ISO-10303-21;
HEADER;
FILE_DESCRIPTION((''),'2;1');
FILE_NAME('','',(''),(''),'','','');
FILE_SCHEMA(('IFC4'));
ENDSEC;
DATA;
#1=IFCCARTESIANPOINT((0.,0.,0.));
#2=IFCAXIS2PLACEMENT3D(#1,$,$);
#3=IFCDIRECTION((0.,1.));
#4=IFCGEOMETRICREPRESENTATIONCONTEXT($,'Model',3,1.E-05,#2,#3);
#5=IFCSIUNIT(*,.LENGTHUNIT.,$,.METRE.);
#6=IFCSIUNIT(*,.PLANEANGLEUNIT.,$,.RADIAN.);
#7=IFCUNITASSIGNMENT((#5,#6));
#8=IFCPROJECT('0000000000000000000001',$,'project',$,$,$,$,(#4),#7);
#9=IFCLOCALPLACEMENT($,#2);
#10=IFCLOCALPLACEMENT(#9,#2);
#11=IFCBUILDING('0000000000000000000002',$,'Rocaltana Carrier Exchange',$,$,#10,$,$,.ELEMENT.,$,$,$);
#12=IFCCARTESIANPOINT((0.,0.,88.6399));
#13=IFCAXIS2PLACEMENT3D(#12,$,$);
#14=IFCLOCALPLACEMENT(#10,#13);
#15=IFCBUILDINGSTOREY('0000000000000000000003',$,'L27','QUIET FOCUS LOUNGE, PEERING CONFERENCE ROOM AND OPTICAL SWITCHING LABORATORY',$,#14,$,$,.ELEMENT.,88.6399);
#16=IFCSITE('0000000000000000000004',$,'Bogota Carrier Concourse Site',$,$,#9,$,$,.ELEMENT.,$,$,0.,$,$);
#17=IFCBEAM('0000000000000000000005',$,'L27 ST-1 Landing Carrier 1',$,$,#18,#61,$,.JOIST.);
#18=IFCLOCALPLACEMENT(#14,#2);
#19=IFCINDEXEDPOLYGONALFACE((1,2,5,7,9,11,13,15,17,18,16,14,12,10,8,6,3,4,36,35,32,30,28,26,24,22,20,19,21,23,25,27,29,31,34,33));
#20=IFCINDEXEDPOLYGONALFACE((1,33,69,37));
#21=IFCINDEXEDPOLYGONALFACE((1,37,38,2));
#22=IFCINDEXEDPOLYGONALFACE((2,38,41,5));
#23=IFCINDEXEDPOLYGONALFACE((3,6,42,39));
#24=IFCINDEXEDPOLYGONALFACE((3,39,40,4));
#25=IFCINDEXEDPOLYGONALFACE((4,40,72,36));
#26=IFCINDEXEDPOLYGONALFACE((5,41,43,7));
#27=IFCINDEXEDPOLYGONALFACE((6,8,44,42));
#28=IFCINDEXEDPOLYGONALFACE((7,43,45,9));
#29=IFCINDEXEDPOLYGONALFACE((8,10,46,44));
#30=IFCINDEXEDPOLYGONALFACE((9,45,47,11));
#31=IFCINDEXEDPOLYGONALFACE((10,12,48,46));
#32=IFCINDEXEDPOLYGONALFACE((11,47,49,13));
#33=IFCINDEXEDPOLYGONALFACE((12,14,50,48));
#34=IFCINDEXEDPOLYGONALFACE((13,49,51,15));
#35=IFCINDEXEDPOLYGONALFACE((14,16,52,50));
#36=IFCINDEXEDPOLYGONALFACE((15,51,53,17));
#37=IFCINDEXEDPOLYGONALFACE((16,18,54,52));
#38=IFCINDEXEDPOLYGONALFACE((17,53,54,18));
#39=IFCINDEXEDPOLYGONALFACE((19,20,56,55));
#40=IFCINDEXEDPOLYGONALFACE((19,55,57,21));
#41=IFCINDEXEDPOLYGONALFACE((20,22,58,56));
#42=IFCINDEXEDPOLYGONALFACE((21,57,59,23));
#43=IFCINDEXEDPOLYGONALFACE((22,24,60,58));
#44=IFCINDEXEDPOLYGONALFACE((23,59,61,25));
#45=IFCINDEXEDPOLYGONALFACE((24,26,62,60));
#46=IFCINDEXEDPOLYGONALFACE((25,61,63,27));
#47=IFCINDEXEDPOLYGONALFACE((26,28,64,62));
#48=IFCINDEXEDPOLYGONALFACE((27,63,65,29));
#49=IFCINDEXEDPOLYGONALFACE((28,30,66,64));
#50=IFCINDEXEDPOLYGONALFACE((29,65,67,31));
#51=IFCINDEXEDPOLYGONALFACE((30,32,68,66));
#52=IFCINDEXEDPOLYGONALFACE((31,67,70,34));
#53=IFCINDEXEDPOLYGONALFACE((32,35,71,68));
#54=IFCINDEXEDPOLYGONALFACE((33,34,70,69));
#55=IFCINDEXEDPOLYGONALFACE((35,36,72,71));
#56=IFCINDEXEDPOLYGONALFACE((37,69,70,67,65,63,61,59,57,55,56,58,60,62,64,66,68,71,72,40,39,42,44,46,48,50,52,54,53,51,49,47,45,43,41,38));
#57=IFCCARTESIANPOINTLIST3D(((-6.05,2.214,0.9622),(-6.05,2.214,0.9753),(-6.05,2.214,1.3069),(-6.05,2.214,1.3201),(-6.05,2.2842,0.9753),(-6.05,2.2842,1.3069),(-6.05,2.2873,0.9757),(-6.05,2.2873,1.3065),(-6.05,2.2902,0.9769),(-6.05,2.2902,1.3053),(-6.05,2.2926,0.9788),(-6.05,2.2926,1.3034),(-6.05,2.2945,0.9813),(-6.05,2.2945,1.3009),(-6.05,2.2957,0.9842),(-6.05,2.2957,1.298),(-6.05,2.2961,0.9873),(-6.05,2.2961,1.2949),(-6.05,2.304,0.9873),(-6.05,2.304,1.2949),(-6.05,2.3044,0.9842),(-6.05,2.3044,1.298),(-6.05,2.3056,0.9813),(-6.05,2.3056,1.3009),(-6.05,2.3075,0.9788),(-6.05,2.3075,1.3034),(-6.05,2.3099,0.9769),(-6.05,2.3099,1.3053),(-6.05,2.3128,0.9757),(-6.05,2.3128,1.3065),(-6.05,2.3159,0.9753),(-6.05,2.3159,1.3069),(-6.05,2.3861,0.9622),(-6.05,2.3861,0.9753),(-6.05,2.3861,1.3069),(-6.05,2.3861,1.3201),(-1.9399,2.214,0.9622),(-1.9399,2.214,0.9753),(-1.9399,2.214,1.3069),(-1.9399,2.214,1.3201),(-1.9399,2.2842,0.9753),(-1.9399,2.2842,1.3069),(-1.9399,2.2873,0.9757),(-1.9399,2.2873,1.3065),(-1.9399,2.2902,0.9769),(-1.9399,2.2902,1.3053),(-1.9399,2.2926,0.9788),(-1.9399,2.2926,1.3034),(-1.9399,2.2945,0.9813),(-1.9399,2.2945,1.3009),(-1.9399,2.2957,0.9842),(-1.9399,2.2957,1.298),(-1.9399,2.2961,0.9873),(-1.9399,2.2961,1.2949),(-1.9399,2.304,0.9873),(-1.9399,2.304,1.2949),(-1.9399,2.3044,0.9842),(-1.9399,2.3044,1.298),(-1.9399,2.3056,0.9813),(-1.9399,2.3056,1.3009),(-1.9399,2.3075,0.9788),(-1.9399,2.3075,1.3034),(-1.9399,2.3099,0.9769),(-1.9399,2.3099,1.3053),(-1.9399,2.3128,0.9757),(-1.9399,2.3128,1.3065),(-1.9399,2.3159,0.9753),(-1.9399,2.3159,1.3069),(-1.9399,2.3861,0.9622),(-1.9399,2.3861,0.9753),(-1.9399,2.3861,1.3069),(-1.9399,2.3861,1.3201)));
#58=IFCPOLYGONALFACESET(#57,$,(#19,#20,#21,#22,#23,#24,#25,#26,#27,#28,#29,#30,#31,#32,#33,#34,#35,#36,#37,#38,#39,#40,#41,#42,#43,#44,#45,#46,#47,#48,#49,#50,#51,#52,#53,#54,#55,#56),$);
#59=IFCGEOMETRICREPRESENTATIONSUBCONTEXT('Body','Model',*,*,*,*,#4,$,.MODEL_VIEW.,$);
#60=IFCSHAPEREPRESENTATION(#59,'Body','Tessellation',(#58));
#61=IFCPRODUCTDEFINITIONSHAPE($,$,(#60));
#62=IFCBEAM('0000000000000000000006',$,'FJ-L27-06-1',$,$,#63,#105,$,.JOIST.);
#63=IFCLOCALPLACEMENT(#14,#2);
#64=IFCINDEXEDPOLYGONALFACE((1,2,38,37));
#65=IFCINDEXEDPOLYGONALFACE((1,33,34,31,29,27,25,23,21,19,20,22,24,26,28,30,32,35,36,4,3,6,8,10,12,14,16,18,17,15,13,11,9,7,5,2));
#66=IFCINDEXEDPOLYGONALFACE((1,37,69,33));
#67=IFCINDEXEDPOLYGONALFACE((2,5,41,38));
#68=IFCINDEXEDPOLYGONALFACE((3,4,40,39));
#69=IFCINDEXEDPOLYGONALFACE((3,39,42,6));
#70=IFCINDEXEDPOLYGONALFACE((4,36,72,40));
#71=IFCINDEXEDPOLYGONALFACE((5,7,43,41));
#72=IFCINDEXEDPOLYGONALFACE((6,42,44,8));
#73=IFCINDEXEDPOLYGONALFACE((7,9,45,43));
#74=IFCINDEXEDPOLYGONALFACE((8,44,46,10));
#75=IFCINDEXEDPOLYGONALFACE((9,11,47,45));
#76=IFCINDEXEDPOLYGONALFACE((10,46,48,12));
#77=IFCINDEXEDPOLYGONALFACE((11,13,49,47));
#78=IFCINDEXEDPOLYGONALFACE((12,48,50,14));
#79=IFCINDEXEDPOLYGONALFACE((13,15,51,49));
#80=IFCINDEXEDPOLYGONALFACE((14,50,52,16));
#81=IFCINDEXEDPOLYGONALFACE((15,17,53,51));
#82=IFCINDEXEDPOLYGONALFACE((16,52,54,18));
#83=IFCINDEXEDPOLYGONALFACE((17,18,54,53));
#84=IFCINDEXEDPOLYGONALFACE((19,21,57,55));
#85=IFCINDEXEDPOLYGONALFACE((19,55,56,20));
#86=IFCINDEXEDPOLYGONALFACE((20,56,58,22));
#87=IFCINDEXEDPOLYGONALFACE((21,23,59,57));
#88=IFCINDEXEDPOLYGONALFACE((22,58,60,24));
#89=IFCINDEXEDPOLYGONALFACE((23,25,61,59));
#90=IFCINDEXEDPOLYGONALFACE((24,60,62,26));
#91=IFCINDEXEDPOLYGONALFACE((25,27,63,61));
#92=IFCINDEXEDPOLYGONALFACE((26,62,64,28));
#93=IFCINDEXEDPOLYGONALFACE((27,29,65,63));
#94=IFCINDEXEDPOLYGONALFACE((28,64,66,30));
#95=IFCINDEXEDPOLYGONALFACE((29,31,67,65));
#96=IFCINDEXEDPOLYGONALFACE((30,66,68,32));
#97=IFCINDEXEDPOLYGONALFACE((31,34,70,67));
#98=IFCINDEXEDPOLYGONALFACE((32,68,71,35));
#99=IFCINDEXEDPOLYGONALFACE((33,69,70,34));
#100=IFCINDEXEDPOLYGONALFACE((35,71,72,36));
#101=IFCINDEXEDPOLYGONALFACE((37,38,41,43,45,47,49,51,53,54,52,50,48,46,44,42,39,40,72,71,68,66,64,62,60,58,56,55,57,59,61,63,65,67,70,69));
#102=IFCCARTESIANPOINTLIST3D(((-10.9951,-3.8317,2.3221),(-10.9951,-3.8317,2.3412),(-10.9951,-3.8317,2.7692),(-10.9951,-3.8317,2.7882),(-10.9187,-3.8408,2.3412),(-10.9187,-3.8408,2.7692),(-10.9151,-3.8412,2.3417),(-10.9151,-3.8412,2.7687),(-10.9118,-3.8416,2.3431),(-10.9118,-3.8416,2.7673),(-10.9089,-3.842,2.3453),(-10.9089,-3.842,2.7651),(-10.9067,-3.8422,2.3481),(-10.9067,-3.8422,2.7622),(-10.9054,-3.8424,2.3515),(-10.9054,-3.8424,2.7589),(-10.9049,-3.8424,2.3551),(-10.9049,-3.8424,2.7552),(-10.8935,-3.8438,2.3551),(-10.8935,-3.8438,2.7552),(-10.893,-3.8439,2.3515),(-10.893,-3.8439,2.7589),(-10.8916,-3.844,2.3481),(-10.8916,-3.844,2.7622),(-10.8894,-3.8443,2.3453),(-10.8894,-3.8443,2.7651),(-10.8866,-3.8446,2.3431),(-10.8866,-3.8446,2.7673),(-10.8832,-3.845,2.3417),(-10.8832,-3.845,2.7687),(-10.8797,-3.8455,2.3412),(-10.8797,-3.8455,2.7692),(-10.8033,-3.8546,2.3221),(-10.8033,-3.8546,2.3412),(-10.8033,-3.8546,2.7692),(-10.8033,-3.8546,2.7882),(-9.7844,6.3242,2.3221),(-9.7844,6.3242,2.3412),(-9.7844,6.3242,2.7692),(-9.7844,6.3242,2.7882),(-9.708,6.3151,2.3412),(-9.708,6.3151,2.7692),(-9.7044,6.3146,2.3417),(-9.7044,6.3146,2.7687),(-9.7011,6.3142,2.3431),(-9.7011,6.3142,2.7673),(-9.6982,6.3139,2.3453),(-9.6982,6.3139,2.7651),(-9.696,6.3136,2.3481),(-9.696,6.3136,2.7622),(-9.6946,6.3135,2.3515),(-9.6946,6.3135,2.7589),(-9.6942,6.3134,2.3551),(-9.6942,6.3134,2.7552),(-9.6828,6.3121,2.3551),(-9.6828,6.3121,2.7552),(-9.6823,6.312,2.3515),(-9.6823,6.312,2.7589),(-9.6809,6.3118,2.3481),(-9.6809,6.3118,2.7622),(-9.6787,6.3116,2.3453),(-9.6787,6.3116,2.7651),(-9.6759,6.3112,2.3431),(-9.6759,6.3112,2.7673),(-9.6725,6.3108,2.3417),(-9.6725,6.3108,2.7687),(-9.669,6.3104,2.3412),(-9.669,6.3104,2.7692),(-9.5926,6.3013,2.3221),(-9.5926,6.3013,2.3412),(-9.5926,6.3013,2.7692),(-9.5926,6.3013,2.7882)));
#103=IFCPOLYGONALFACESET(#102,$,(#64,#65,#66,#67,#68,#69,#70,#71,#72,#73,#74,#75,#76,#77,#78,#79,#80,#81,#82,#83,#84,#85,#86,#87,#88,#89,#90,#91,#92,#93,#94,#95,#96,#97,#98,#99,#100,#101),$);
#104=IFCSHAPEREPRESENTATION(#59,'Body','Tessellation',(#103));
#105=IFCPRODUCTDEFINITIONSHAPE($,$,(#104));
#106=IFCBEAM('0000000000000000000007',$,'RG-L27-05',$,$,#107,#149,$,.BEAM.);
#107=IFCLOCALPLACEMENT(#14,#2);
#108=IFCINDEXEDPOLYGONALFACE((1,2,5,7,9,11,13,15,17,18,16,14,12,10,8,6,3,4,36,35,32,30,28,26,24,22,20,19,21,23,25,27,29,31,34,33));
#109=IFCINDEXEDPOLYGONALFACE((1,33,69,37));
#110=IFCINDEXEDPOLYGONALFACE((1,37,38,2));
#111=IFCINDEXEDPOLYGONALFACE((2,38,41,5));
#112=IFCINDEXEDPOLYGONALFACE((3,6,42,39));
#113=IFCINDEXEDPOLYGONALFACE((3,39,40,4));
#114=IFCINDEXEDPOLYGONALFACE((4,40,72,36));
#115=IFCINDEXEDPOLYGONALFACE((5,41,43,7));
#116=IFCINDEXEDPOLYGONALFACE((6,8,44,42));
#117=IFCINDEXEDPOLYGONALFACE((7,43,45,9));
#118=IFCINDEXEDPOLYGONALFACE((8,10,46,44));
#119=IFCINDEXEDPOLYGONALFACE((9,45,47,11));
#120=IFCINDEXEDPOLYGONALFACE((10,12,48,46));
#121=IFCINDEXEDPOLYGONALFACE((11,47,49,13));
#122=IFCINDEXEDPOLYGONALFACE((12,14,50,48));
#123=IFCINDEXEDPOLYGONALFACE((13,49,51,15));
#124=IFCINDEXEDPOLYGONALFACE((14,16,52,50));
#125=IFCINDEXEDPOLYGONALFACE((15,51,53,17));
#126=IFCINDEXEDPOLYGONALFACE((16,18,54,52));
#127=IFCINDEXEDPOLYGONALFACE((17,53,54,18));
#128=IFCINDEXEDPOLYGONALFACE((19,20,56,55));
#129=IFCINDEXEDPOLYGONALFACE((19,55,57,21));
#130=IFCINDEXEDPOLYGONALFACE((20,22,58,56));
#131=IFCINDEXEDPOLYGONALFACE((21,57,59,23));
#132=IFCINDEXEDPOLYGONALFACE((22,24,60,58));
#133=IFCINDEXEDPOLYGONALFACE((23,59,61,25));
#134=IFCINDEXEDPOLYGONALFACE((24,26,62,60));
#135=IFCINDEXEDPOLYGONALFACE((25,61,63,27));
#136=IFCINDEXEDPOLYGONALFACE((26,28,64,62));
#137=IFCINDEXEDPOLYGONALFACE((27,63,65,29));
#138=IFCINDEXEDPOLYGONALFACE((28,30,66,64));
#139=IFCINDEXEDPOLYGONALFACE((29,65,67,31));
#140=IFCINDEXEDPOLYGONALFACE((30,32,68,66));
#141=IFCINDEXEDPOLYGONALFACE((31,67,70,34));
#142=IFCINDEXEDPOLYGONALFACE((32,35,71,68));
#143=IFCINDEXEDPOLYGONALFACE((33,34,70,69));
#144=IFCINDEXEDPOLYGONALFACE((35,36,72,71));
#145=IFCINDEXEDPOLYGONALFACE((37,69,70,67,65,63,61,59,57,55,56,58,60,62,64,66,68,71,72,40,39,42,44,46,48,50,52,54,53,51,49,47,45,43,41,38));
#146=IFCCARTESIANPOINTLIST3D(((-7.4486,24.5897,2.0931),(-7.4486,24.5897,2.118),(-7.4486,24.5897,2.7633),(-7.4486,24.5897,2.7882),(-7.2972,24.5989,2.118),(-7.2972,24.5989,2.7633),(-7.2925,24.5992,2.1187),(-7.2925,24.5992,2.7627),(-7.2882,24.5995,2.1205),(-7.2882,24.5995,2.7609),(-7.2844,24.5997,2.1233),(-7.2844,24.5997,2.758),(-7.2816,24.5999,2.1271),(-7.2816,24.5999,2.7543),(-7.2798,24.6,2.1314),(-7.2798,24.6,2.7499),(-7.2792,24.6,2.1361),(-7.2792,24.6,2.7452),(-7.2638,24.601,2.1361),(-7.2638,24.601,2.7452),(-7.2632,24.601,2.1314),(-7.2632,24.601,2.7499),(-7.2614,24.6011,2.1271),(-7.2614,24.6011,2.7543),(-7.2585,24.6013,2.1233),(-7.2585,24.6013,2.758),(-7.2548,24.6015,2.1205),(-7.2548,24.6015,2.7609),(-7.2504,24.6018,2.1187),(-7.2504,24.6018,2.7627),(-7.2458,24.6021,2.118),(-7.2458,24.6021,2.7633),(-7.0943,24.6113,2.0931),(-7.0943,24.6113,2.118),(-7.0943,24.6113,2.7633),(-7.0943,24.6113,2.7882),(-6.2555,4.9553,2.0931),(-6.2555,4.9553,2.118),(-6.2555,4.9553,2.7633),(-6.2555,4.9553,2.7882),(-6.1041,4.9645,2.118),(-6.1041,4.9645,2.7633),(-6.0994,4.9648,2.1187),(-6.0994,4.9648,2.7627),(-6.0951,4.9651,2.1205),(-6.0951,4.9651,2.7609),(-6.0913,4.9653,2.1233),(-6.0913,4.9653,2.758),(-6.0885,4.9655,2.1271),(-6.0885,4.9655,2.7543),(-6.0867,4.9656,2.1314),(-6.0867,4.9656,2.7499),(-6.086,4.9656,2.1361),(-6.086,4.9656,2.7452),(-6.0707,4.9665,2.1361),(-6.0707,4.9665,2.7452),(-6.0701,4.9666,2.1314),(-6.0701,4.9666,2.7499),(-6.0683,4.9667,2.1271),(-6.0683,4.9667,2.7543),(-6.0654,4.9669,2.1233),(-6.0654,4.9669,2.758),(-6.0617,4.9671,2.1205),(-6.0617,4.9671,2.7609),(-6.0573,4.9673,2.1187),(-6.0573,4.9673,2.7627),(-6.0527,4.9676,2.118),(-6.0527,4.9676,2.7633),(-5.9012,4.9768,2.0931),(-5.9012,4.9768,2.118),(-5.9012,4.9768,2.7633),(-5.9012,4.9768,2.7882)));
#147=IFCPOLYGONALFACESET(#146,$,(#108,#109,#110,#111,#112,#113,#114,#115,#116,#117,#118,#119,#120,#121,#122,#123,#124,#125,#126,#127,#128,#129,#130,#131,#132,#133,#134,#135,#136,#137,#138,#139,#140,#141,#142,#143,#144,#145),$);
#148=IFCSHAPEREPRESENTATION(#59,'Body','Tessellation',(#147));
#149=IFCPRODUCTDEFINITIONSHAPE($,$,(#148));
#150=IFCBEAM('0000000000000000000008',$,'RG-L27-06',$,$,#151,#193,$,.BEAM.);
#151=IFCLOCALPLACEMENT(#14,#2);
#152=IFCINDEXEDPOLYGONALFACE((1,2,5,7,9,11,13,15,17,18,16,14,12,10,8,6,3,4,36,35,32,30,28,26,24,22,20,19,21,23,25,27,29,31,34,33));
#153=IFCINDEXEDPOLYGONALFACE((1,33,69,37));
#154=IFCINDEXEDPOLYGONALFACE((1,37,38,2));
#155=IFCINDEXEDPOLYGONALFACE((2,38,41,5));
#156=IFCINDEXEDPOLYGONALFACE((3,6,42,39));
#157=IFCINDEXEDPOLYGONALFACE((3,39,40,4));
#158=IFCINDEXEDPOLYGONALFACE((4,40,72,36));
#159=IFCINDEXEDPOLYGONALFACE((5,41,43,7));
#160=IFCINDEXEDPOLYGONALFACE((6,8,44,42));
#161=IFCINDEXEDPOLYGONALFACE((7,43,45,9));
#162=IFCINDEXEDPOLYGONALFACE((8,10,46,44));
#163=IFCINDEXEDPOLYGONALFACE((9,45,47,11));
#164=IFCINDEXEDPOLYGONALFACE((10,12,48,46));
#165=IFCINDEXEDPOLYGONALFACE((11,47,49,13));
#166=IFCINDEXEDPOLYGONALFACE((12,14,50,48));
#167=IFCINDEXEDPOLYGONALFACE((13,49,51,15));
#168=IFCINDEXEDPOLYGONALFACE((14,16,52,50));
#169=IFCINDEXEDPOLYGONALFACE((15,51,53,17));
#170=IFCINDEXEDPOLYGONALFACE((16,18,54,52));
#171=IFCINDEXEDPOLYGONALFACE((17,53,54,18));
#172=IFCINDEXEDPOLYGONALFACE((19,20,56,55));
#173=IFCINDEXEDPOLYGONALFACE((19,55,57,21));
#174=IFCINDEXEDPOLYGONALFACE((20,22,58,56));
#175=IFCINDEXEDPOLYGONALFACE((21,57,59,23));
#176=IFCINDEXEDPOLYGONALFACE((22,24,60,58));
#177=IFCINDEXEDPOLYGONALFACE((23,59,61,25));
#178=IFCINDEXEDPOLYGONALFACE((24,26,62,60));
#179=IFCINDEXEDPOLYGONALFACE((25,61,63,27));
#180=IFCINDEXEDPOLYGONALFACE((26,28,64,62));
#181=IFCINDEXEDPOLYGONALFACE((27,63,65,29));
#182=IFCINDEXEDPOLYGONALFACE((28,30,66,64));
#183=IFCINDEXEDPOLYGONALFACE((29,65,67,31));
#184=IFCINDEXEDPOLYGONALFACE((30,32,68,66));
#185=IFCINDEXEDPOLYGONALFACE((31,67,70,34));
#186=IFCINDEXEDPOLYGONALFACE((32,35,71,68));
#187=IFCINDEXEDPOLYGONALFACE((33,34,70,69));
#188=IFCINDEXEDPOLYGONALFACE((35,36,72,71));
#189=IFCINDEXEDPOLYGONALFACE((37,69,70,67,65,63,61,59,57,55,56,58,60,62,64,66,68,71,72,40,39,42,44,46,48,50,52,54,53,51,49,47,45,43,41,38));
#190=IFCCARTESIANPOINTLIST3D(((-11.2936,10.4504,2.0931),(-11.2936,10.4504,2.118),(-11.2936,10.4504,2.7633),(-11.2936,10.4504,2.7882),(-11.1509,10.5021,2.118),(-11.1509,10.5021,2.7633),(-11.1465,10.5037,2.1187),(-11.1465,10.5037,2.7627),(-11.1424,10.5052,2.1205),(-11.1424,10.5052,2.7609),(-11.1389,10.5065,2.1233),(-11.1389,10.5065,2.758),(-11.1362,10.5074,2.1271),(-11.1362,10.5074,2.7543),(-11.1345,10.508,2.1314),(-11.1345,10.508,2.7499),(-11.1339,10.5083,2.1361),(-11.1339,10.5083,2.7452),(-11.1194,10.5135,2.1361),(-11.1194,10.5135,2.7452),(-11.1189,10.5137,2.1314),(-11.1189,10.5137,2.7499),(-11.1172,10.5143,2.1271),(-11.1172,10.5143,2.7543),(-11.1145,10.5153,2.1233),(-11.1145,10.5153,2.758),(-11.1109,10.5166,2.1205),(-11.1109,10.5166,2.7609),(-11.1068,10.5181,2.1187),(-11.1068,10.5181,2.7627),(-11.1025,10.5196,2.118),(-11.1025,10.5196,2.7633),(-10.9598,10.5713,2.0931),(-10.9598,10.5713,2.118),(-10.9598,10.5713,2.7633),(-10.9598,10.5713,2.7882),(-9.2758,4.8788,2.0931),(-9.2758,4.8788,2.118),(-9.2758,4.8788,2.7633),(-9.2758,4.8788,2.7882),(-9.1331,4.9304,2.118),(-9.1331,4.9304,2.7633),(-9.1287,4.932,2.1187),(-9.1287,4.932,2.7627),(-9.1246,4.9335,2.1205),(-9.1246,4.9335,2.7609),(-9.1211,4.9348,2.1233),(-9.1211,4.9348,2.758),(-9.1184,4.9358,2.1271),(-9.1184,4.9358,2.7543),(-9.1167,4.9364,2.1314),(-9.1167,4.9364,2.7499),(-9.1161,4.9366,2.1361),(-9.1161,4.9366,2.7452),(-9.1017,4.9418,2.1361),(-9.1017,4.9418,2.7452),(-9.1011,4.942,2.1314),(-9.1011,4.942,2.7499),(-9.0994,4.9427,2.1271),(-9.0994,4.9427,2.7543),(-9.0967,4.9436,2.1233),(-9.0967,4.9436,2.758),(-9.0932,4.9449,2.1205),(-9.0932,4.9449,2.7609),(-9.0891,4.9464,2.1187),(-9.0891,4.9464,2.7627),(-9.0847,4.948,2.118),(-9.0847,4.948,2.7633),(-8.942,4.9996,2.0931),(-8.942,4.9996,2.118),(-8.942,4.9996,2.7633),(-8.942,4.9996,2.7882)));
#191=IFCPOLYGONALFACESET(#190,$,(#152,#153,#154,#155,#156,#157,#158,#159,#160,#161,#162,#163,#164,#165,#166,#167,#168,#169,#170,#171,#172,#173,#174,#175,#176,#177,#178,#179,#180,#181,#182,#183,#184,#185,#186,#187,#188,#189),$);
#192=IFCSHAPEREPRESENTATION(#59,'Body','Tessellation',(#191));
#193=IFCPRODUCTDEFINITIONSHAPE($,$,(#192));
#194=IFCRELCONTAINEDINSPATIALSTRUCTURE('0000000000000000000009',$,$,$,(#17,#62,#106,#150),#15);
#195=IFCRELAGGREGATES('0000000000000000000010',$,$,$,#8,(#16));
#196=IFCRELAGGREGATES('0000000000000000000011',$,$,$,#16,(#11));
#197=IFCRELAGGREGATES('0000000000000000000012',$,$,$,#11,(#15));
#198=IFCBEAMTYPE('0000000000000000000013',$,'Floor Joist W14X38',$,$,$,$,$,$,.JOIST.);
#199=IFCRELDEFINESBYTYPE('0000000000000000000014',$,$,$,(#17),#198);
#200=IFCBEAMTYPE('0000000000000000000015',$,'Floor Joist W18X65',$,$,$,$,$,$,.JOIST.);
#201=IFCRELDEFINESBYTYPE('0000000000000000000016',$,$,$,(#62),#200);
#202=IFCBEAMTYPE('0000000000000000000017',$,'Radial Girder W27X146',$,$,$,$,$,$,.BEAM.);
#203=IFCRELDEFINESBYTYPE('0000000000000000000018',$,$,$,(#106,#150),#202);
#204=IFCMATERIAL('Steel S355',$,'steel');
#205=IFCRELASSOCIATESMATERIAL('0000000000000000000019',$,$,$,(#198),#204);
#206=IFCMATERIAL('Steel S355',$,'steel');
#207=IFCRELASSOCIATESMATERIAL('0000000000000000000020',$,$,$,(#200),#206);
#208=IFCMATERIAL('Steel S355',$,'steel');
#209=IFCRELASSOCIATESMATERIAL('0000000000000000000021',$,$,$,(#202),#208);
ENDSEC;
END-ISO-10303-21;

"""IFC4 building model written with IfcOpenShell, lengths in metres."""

from ifc_helpers import new_model, si_unit, direction, frame, origin, origin_2d, place, context, subcontext, project, spatial, i_section, extrude, material, material_profile, profile_set, type_object, element, save


model = new_model("IFC4")

# Units and contexts
model_context = context("Model", 3, precision=1e-05, world=origin(), true_north=direction((0.0, 1.0)))
body_context = subcontext(model_context, "Body", "Model", "MODEL_VIEW")
ifc_project = project(units=[si_unit("LENGTHUNIT", "METRE"), si_unit("PLANEANGLEUNIT", "RADIAN")], contexts=[model_context])

# Site, building, storey
site_placement = place(None, origin())
site = spatial("IfcSite", under=ifc_project, at=site_placement, Name="Bogota Carrier Concourse Site", CompositionType="ELEMENT", RefElevation=0.0)
building_placement = place(site_placement, origin())
building = spatial("IfcBuilding", under=site, at=building_placement, Name="Rocaltana Carrier Exchange", CompositionType="ELEMENT")
storey_placement = place(building_placement, frame((0.0, 0.0, 88.6399)))
storey = spatial("IfcBuildingStorey", under=building, at=storey_placement, Name="L27", Description="QUIET FOCUS LOUNGE, PEERING CONFERENCE ROOM AND OPTICAL SWITCHING LABORATORY", CompositionType="ELEMENT", Elevation=88.6399)

# Beams
ifc_material_1 = material(Name="Steel S355", Category="steel")
ifc_material_profile_1 = material_profile(ifc_material_1, i_section(OverallWidth=0.1721, OverallDepth=0.3579, WebThickness=0.0078, FlangeThickness=0.0132, FilletRadius=0.012, at=origin_2d()), Name="W14X38")
ifc_profile_set_1 = profile_set([ifc_material_profile_1], Name="Steel S355")
beam_type_1 = type_object("IfcBeamType", Name="Floor Joist W14X38", PredefinedType="JOIST", material=ifc_profile_set_1)
beam_1_placement = place(storey_placement, frame((-6.05, 2.3, 1.1411), z_axis=(1.0, 0.0, 0.0), x_axis=(0.0, 1.0, 0.0)))
element("IfcBeam", 1, at=beam_1_placement, inside=storey, type_object=beam_type_1, Name="L27 ST-1 Landing Carrier 1", PredefinedType="JOIST", context=body_context, shape_type="SweptSolid", body=[
    extrude(i_section(OverallWidth=0.1721, OverallDepth=0.3579, WebThickness=0.0078, FlangeThickness=0.0132, FilletRadius=0.012, at=origin_2d()), origin(), (0.0, 0.0, 1.0), 4.1101),
])
ifc_material_2 = material(Name="Steel S355", Category="steel")
ifc_material_profile_2 = material_profile(ifc_material_2, i_section(OverallWidth=0.1931, OverallDepth=0.4661, WebThickness=0.0115, FlangeThickness=0.019, FilletRadius=0.0139, at=origin_2d()), Name="W18X65")
ifc_profile_set_2 = profile_set([ifc_material_profile_2], Name="Steel S355")
beam_type_2 = type_object("IfcBeamType", Name="Floor Joist W18X65", PredefinedType="JOIST", material=ifc_profile_set_2)
beam_2_placement = place(storey_placement, frame((-9.6885, 6.3127, 2.5552), z_axis=(-0.118374, -0.992969, 0.0), x_axis=(0.992969, -0.118374, 0.0)))
element("IfcBeam", 2, at=beam_2_placement, inside=storey, type_object=beam_type_2, Name="FJ-L27-06-1", PredefinedType="JOIST", context=body_context, shape_type="SweptSolid", body=[
    extrude(i_section(OverallWidth=0.1931, OverallDepth=0.4661, WebThickness=0.0115, FlangeThickness=0.019, FilletRadius=0.0139, at=origin_2d()), origin(), (0.0, 0.0, 1.0), 10.2278),
])
ifc_material_3 = material(Name="Steel S355", Category="steel")
ifc_material_profile_3 = material_profile(ifc_material_3, i_section(OverallWidth=0.355, OverallDepth=0.6951, WebThickness=0.0154, FlangeThickness=0.0249, FilletRadius=0.0181, at=origin_2d()), Name="W27X146")
ifc_profile_set_3 = profile_set([ifc_material_profile_3], Name="Steel S355")
beam_type_3 = type_object("IfcBeamType", Name="Radial Girder W27X146", PredefinedType="BEAM", material=ifc_profile_set_3)
beam_3_placement = place(storey_placement, frame((-6.0784, 4.9661, 2.4407), z_axis=(-0.060654, 0.998159, 0.0), x_axis=(-0.998159, -0.060654, 0.0)))
element("IfcBeam", 3, at=beam_3_placement, inside=storey, type_object=beam_type_3, Name="RG-L27-05", PredefinedType="BEAM", context=body_context, shape_type="SweptSolid", body=[
    extrude(i_section(OverallWidth=0.355, OverallDepth=0.6951, WebThickness=0.0154, FlangeThickness=0.0249, FilletRadius=0.0181, at=origin_2d()), origin(), (0.0, 0.0, 1.0), 19.6707),
])
beam_4_placement = place(storey_placement, frame((-9.1089, 4.9392, 2.4407), z_axis=(-0.340509, 0.940241, 0.0), x_axis=(-0.940241, -0.340509, 0.0)))
element("IfcBeam", 4, at=beam_4_placement, inside=storey, type_object=beam_type_3, Name="RG-L27-06", PredefinedType="BEAM", context=body_context, shape_type="SweptSolid", body=[
    extrude(i_section(OverallWidth=0.355, OverallDepth=0.6951, WebThickness=0.0154, FlangeThickness=0.0249, FilletRadius=0.0181, at=origin_2d()), origin(), (0.0, 0.0, 1.0), 5.9258),
])

save(model, "model.ifc")
